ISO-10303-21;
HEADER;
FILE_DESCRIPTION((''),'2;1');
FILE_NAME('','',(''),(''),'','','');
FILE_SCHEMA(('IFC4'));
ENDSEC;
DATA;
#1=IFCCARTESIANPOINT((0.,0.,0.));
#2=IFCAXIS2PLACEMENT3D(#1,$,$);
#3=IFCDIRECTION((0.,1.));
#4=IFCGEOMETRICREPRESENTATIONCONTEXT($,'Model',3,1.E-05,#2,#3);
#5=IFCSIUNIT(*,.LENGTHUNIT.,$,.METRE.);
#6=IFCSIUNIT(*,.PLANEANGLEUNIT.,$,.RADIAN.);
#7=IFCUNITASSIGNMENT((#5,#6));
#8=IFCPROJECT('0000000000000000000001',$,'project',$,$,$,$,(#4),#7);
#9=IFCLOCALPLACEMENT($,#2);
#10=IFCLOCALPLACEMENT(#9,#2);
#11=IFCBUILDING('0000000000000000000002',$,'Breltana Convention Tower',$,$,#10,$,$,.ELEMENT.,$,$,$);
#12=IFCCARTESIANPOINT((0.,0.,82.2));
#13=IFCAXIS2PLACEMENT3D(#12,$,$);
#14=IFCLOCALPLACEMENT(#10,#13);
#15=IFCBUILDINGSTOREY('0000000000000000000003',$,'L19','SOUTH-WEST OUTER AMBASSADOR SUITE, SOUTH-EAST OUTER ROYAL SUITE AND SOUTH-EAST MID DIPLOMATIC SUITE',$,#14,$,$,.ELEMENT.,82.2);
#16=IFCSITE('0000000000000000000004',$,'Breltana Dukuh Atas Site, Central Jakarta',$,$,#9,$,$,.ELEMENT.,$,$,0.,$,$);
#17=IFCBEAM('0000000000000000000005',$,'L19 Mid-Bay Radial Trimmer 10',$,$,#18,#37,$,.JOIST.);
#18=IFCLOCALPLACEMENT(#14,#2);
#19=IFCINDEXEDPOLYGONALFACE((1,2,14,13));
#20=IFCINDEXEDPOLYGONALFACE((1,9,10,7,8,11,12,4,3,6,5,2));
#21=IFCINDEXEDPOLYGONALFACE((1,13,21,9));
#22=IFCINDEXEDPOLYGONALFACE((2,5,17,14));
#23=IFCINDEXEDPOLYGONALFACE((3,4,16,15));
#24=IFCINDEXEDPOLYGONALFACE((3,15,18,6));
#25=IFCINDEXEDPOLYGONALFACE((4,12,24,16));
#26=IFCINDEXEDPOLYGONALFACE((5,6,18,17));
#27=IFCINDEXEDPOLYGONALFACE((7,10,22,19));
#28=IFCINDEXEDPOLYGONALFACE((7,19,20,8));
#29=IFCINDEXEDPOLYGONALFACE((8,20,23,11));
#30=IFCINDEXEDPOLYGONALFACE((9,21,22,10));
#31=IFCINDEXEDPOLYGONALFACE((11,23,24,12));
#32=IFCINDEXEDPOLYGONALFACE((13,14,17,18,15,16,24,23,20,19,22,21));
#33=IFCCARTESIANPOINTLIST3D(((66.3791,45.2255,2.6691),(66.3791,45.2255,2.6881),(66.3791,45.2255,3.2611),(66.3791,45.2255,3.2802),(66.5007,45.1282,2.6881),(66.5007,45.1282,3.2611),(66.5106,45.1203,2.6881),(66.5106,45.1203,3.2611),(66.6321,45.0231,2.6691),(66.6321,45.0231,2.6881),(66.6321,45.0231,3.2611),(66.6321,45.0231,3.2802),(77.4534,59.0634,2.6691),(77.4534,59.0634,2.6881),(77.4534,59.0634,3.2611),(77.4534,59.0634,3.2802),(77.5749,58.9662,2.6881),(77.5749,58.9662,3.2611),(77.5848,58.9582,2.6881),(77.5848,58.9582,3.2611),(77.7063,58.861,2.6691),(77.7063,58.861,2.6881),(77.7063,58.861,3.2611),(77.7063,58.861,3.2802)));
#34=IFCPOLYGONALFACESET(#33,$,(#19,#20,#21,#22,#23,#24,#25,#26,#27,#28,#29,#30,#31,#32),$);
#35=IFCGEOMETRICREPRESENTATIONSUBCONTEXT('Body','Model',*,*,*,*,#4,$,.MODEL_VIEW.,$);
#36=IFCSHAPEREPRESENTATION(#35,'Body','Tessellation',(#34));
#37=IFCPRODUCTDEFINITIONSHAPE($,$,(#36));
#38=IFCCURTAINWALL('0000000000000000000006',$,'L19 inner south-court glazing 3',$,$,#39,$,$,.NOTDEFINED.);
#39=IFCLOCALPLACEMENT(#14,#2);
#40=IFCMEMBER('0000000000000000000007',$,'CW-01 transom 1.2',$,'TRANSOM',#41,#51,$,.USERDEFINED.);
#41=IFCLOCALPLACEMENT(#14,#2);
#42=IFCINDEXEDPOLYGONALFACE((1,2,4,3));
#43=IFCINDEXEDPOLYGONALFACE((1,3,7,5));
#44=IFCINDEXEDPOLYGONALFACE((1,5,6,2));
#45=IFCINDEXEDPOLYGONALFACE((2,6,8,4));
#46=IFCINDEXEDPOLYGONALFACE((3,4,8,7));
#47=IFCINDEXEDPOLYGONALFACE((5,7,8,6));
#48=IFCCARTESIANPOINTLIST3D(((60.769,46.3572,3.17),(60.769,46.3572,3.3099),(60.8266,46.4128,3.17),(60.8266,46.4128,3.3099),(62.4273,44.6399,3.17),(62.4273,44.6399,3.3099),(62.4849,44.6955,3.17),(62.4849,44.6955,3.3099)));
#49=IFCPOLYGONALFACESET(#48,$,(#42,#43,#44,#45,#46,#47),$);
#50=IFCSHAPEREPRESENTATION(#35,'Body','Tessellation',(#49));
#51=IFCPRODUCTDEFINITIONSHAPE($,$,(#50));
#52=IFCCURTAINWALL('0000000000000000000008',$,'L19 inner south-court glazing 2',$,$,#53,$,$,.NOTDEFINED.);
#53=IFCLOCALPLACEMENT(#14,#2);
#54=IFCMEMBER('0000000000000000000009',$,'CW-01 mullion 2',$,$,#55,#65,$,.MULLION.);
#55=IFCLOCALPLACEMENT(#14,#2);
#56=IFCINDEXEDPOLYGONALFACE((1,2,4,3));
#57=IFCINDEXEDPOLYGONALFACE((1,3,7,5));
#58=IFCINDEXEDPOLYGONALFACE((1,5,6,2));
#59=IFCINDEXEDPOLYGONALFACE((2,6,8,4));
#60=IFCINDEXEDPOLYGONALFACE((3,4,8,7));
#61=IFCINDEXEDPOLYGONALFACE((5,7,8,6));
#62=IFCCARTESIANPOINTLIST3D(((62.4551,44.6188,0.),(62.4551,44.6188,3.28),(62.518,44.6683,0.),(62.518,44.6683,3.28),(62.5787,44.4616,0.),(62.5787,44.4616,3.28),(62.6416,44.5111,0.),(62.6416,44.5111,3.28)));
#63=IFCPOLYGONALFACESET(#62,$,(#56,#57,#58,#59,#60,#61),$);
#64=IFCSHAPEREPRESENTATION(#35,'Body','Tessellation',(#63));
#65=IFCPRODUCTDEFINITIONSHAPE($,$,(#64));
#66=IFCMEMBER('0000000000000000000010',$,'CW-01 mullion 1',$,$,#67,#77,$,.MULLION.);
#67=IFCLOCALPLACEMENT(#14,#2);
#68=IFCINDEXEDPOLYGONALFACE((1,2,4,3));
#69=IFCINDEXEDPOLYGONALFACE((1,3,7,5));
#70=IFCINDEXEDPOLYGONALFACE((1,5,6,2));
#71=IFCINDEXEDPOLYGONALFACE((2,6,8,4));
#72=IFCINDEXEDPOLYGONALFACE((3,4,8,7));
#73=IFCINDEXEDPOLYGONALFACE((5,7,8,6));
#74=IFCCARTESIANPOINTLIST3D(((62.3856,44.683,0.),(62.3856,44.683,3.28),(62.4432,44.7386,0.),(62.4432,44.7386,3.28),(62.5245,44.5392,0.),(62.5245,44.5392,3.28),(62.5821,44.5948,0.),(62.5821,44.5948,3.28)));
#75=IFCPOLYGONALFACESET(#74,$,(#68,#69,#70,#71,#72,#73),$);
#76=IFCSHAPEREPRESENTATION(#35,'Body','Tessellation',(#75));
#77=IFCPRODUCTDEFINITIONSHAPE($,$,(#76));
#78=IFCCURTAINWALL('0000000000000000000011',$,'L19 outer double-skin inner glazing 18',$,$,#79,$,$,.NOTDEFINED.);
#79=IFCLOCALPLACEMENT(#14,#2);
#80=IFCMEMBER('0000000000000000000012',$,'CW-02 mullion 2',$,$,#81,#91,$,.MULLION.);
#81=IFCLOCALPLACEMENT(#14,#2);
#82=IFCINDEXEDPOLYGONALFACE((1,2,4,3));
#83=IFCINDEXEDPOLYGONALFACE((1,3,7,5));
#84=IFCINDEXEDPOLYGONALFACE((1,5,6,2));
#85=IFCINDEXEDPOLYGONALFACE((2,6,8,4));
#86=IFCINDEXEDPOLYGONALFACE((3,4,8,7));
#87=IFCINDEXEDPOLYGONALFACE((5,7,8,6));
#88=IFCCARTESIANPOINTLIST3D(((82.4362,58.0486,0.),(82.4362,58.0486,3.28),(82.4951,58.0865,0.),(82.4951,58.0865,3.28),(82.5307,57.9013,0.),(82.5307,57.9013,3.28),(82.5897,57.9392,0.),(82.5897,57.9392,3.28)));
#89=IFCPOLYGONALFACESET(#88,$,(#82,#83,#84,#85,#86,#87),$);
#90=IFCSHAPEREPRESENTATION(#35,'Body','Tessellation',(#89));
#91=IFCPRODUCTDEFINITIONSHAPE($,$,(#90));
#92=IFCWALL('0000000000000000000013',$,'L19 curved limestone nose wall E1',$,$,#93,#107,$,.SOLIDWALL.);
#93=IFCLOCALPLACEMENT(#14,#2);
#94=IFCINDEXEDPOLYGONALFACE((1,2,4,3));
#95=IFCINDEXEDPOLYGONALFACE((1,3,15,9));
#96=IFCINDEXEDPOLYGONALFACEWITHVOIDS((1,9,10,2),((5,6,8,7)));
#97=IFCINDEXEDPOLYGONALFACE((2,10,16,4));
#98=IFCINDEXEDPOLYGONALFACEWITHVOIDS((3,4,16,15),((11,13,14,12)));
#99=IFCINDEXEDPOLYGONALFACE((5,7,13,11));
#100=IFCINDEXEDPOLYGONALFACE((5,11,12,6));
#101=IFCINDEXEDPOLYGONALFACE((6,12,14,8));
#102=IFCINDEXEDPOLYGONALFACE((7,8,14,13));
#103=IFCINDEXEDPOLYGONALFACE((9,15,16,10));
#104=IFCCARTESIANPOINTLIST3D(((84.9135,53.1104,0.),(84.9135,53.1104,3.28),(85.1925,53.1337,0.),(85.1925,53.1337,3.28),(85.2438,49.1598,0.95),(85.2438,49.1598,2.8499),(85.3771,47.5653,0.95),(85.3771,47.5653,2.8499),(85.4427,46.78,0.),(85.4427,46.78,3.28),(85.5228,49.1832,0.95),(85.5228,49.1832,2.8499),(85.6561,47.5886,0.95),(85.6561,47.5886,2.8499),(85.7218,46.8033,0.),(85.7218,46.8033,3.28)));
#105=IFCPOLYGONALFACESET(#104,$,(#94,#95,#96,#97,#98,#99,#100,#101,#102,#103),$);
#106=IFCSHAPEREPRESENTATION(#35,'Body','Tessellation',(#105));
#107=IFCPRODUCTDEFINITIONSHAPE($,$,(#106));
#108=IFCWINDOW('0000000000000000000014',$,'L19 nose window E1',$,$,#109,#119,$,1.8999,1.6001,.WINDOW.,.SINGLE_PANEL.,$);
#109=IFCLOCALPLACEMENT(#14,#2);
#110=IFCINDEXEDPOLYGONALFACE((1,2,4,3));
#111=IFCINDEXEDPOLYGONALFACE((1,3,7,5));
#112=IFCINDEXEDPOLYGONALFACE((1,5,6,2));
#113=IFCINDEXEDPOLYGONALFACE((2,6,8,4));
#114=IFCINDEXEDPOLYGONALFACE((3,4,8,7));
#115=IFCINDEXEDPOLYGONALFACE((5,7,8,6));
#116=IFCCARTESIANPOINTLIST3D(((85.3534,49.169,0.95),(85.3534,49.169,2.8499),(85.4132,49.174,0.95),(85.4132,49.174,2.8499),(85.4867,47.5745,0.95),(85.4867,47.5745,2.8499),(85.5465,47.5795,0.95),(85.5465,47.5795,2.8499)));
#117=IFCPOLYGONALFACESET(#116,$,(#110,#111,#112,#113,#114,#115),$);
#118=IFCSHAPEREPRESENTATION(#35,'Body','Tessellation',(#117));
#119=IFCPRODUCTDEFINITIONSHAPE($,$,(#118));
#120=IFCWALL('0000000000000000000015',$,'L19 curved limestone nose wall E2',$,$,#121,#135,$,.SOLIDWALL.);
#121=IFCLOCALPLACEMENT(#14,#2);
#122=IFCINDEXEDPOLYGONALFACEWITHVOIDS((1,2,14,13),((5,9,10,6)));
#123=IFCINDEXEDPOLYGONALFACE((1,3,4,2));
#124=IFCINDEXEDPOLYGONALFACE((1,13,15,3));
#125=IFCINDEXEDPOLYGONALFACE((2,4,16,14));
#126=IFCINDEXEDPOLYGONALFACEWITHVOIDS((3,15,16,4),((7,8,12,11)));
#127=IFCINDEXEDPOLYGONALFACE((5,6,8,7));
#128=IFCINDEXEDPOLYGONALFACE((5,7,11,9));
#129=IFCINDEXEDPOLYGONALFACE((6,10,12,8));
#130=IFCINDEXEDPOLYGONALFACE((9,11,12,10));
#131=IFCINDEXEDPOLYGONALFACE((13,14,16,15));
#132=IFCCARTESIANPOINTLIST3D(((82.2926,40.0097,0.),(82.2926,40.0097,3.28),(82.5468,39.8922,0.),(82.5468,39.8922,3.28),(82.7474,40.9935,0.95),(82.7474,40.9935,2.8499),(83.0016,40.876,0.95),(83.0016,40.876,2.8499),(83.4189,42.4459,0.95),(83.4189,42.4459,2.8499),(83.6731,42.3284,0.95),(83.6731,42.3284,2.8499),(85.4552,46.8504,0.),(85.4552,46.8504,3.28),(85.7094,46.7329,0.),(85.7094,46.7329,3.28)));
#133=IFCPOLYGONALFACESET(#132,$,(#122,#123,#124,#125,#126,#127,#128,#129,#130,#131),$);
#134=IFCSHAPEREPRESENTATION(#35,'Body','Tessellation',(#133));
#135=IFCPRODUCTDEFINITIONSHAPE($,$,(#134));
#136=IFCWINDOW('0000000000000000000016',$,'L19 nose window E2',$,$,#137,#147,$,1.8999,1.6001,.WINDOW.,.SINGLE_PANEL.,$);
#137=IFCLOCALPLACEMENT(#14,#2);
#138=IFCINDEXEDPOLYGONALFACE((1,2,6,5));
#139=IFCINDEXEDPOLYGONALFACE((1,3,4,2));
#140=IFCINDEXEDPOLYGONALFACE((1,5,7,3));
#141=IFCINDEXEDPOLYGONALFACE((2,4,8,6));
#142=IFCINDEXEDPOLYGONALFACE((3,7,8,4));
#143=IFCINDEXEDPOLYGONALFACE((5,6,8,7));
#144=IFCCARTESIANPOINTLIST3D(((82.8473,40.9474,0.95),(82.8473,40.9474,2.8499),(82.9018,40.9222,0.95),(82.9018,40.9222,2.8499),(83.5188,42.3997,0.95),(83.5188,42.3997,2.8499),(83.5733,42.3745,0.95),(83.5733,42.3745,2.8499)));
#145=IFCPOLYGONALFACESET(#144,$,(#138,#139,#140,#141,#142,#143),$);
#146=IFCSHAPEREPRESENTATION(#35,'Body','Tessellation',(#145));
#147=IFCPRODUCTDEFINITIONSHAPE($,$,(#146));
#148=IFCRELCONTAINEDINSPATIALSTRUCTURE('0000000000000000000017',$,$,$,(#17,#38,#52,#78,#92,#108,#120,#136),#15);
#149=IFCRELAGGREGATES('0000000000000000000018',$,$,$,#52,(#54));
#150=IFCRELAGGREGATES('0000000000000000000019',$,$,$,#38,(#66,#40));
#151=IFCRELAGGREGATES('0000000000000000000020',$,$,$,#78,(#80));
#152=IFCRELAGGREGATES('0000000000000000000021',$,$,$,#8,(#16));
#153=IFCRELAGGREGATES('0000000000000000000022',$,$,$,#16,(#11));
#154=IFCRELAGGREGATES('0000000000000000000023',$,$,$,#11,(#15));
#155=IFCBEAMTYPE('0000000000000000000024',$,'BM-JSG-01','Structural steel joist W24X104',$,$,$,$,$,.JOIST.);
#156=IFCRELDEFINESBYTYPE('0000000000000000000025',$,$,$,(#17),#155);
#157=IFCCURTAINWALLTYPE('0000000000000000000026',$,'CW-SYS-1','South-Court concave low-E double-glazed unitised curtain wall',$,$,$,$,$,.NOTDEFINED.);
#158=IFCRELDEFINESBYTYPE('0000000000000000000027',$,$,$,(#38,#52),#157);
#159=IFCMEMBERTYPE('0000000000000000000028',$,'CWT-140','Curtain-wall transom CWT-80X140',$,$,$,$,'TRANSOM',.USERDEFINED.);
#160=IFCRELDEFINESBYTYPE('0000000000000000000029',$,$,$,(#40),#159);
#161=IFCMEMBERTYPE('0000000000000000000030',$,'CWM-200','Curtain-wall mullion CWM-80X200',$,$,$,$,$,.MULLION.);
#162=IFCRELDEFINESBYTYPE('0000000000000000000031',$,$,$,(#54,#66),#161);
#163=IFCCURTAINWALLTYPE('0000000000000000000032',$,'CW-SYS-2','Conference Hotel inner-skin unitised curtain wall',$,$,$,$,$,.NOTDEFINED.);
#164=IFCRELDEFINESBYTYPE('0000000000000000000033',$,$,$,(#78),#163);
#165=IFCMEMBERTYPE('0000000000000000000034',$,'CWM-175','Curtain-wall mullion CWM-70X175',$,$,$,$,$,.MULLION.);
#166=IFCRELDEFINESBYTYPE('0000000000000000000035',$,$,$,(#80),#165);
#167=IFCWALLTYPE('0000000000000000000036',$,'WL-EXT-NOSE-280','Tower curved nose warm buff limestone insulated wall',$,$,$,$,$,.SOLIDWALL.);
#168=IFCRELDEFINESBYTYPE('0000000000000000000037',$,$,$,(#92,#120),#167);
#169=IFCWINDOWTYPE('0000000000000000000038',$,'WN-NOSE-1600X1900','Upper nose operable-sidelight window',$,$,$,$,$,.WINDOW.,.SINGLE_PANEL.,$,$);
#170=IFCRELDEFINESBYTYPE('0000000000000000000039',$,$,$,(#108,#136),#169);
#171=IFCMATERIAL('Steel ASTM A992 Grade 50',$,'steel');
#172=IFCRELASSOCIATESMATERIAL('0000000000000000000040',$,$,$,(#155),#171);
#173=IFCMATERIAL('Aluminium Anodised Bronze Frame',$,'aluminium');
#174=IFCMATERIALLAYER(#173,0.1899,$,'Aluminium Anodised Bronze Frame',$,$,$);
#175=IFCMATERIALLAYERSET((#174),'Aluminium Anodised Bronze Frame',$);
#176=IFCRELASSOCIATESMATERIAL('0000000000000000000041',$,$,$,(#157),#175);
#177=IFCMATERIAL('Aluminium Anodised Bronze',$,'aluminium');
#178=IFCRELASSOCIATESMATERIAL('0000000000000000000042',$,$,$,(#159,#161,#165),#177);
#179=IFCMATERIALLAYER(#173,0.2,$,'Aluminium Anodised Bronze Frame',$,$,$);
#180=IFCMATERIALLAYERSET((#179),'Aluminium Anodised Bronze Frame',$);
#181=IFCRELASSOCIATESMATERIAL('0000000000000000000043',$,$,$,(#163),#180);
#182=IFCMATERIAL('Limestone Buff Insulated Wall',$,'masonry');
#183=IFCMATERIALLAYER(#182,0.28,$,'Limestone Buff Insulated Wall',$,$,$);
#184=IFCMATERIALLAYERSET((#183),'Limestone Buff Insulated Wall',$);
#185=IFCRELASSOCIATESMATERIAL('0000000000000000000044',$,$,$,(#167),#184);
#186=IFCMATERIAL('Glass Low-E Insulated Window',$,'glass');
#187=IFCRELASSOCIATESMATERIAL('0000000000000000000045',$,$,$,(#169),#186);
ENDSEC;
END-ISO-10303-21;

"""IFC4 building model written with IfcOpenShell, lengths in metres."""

from ifc_helpers import new_model, si_unit, direction, frame, frame_2d, origin, origin_2d, place, context, subcontext, project, spatial, rectangle, i_section, extrude, source, transform, mapped, material, layer, layer_set, material_profile, profile_set, type_object, type_shapes, element, fill, aggregate, save


model = new_model("IFC4")

# Units and contexts
model_context = context("Model", 3, precision=1e-05, world=origin(), true_north=direction((0.0, 1.0)))
body_context = subcontext(model_context, "Body", "Model", "MODEL_VIEW")
ifc_project = project(units=[si_unit("LENGTHUNIT", "METRE"), si_unit("PLANEANGLEUNIT", "RADIAN")], contexts=[model_context])

# Site, building, storey
site_placement = place(None, origin())
site = spatial("IfcSite", under=ifc_project, at=site_placement, Name="Breltana Dukuh Atas Site, Central Jakarta", CompositionType="ELEMENT", RefElevation=0.0)
building_placement = place(site_placement, origin())
building = spatial("IfcBuilding", under=site, at=building_placement, Name="Breltana Convention Tower", CompositionType="ELEMENT")
storey_placement = place(building_placement, frame((0.0, 0.0, 82.2)))
storey = spatial("IfcBuildingStorey", under=building, at=storey_placement, Name="L19", Description="SOUTH-WEST OUTER AMBASSADOR SUITE, SOUTH-EAST OUTER ROYAL SUITE AND SOUTH-EAST MID DIPLOMATIC SUITE", CompositionType="ELEMENT", Elevation=82.2)

# Beam
ifc_material_1 = material(Name="Steel ASTM A992 Grade 50", Category="steel")
ifc_material_profile_1 = material_profile(ifc_material_1, i_section(OverallWidth=0.324, OverallDepth=0.6111, WebThickness=0.0127, FlangeThickness=0.019, at=origin_2d()), Name="W24X104")
ifc_profile_set_1 = profile_set([ifc_material_profile_1], Name="Steel ASTM A992 Grade 50")
beam_type_1 = type_object("IfcBeamType", Name="BM-JSG-01", Description="Structural steel joist W24X104", PredefinedType="JOIST", material=ifc_profile_set_1)
shared_shape_1 = source(origin(), body_context, "Body", "SweptSolid", [
    extrude(i_section(OverallWidth=0.324, OverallDepth=0.6111, WebThickness=0.0127, FlangeThickness=0.019, at=origin_2d()), origin(), (0.0, 0.0, 1.0), 17.7236),
])
beam_1_placement = place(storey_placement, frame((66.5056, 45.1243, 2.9746), z_axis=(0.624829, 0.780761, 0.0), x_axis=(-0.780761, 0.624829, 0.0)))
element("IfcBeam", 1, at=beam_1_placement, inside=storey, type_object=beam_type_1, Name="L19 Mid-Bay Radial Trimmer 10", PredefinedType="JOIST", context=body_context, shape_type="MappedRepresentation", body=[
    mapped(shared_shape_1, transform((0.0, 0.0, 0.0), scale=1.0)),
])

# Curtain walls, members
ifc_material_2 = material(Name="Aluminium Anodised Bronze Frame", Category="aluminium")
ifc_layer_1 = layer(ifc_material_2, 0.1899, Name="Aluminium Anodised Bronze Frame")
ifc_layer_set_1 = layer_set([ifc_layer_1], Name="Aluminium Anodised Bronze Frame")
curtain_wall_type_1 = type_object("IfcCurtainWallType", Name="CW-SYS-1", Description="South-Court concave low-E double-glazed unitised curtain wall", PredefinedType="NOTDEFINED", material=ifc_layer_set_1)
curtain_wall_1_placement = place(storey_placement, origin())
curtain_wall_1 = element("IfcCurtainWall", 2, at=curtain_wall_1_placement, inside=storey, type_object=curtain_wall_type_1, Name="L19 inner south-court glazing 3", PredefinedType="NOTDEFINED")
ifc_material_3 = material(Name="Aluminium Anodised Bronze", Category="aluminium")
ifc_material_profile_2 = material_profile(ifc_material_3, rectangle(XDim=0.0801, YDim=0.1399, at=origin_2d()), Name="CWT-80X140")
ifc_profile_set_2 = profile_set([ifc_material_profile_2], Name="Aluminium Anodised Bronze")
member_type_1 = type_object("IfcMemberType", Name="CWT-140", Description="Curtain-wall transom CWT-80X140", ElementType="TRANSOM", PredefinedType="USERDEFINED", material=ifc_profile_set_2)
shared_shape_2 = source(origin(), body_context, "Body", "SweptSolid", [
    extrude(rectangle(XDim=0.0801, YDim=0.1399, at=origin_2d()), origin(), (0.0, 0.0, 1.0), 2.3872),
])
type_shapes(member_type_1, [shared_shape_2])
member_1_placement = place(storey_placement, frame((62.4561, 44.6677, 3.24), z_axis=(-0.694624, 0.719373, 0.0), x_axis=(-0.719373, -0.694624, 0.0)))
member_1 = element("IfcMember", 3, at=member_1_placement, type_object=member_type_1, Name="CW-01 transom 1.2", ObjectType="TRANSOM", PredefinedType="USERDEFINED", context=body_context, shape_type="MappedRepresentation", body=[
    mapped(shared_shape_2, transform((0.0, 0.0, 0.0), scale=1.0)),
])
curtain_wall_2_placement = place(storey_placement, origin())
curtain_wall_2 = element("IfcCurtainWall", 4, at=curtain_wall_2_placement, inside=storey, type_object=curtain_wall_type_1, Name="L19 inner south-court glazing 2", PredefinedType="NOTDEFINED")
ifc_material_profile_3 = material_profile(ifc_material_3, rectangle(XDim=0.0801, YDim=0.2, at=origin_2d()), Name="CWM-80X200")
ifc_profile_set_3 = profile_set([ifc_material_profile_3], Name="Aluminium Anodised Bronze")
member_type_2 = type_object("IfcMemberType", Name="CWM-200", Description="Curtain-wall mullion CWM-80X200", PredefinedType="MULLION", material=ifc_profile_set_3)
shared_shape_3 = source(origin(), body_context, "Body", "SweptSolid", [
    extrude(rectangle(XDim=0.0801, YDim=0.2, at=origin_2d()), origin(), (0.0, 0.0, 1.0), 3.28),
])
member_2_placement = place(storey_placement, frame((62.5483, 44.5649, 0.0), z_axis=(0.0, 0.0, 1.0), x_axis=(-0.786058, -0.618153, 0.0)))
member_2 = element("IfcMember", 5, at=member_2_placement, type_object=member_type_2, Name="CW-01 mullion 2", PredefinedType="MULLION", context=body_context, shape_type="MappedRepresentation", body=[
    mapped(shared_shape_3, transform((0.0, 0.0, 0.0), scale=1.0)),
])
aggregate(curtain_wall_2, [member_2])

# Member
member_3_placement = place(storey_placement, frame((62.4839, 44.6389, 0.0), z_axis=(0.0, 0.0, 1.0), x_axis=(-0.719385, -0.694612, 0.0)))
member_3 = element("IfcMember", 6, at=member_3_placement, type_object=member_type_2, Name="CW-01 mullion 1", PredefinedType="MULLION", context=body_context, shape_type="MappedRepresentation", body=[
    mapped(shared_shape_3, transform((0.0, 0.0, 0.0), scale=1.0)),
])
aggregate(curtain_wall_1, [member_3, member_1])

# Curtain wall, member
ifc_layer_2 = layer(ifc_material_2, 0.2, Name="Aluminium Anodised Bronze Frame")
ifc_layer_set_2 = layer_set([ifc_layer_2], Name="Aluminium Anodised Bronze Frame")
curtain_wall_type_2 = type_object("IfcCurtainWallType", Name="CW-SYS-2", Description="Conference Hotel inner-skin unitised curtain wall", PredefinedType="NOTDEFINED", material=ifc_layer_set_2)
curtain_wall_3_placement = place(storey_placement, origin())
curtain_wall_3 = element("IfcCurtainWall", 7, at=curtain_wall_3_placement, inside=storey, type_object=curtain_wall_type_2, Name="L19 outer double-skin inner glazing 18", PredefinedType="NOTDEFINED")
ifc_material_profile_4 = material_profile(ifc_material_3, rectangle(XDim=0.0701, YDim=0.175, at=origin_2d()), Name="CWM-70X175")
ifc_profile_set_4 = profile_set([ifc_material_profile_4], Name="Aluminium Anodised Bronze")
member_type_3 = type_object("IfcMemberType", Name="CWM-175", Description="Curtain-wall mullion CWM-70X175", PredefinedType="MULLION", material=ifc_profile_set_4)
shared_shape_4 = source(origin(), body_context, "Body", "SweptSolid", [
    extrude(rectangle(XDim=0.0701, YDim=0.175, at=origin_2d()), origin(), (0.0, 0.0, 1.0), 3.28),
])
member_4_placement = place(storey_placement, frame((82.5129, 57.9939, 0.0), z_axis=(0.0, 0.0, 1.0), x_axis=(0.841549, 0.540181, 0.0)))
member_4 = element("IfcMember", 8, at=member_4_placement, type_object=member_type_3, Name="CW-02 mullion 2", PredefinedType="MULLION", context=body_context, shape_type="MappedRepresentation", body=[
    mapped(shared_shape_4, transform((0.0, 0.0, 0.0), scale=1.0)),
])
aggregate(curtain_wall_3, [member_4])

# Walls, openings, windows
ifc_material_4 = material(Name="Limestone Buff Insulated Wall", Category="masonry")
ifc_layer_3 = layer(ifc_material_4, 0.28, Name="Limestone Buff Insulated Wall")
ifc_layer_set_3 = layer_set([ifc_layer_3], Name="Limestone Buff Insulated Wall")
wall_type_1 = type_object("IfcWallType", Name="WL-EXT-NOSE-280", Description="Tower curved nose warm buff limestone insulated wall", PredefinedType="SOLIDWALL", material=ifc_layer_set_3)
shared_shape_5 = source(origin(), body_context, "Body", "SweptSolid", [
    extrude(rectangle(XDim=6.3525, YDim=0.28, at=frame_2d((3.1763, 0.0))), origin(), (0.0, 0.0, 1.0), 3.28),
])
wall_1_placement = place(storey_placement, frame((85.053, 53.1221, 0.0), z_axis=(0.0, 0.0, 1.0), x_axis=(0.083319, -0.996523, 0.0)))
wall_1 = element("IfcWall", 9, at=wall_1_placement, inside=storey, type_object=wall_type_1, Name="L19 curved limestone nose wall E1", PredefinedType="SOLIDWALL", context=body_context, shape_type="MappedRepresentation", body=[
    mapped(shared_shape_5, transform((0.0, 0.0, 0.0), scale=1.0)),
])
opening_1_placement = place(wall_1_placement, frame((3.9644, 0.0, 0.95)))
opening_1 = element("IfcOpeningElement", 10, at=opening_1_placement, cuts=wall_1, PredefinedType="OPENING", context=body_context, shape_type="SweptSolid", body=[
    extrude(rectangle(XDim=1.6001, YDim=1.8999, at=frame_2d((0.8, 0.95))), frame((0.0, 0.1499, 0.0), z_axis=(0.0, -1.0, 0.0), x_axis=(1.0, 0.0, 0.0)), (0.0, 0.0, 1.0), 0.3),
])
ifc_material_5 = material(Name="Glass Low-E Insulated Window", Category="glass")
window_type = type_object("IfcWindowType", Name="WN-NOSE-1600X1900", Description="Upper nose operable-sidelight window", PartitioningType="SINGLE_PANEL", PredefinedType="WINDOW", material=ifc_material_5)
shared_shape_6 = source(origin(), body_context, "Body", "SweptSolid", [
    extrude(rectangle(XDim=1.6001, YDim=1.8999, at=frame_2d((0.8, 0.95))), frame((0.0, 0.03, 0.0), z_axis=(0.0, -1.0, 0.0), x_axis=(1.0, 0.0, 0.0)), (0.0, 0.0, 1.0), 0.0601),
])
type_shapes(window_type, [shared_shape_6])
window_1_placement = place(opening_1_placement, origin())
window_1 = element("IfcWindow", 11, at=window_1_placement, inside=storey, type_object=window_type, Name="L19 nose window E1", OverallHeight=1.8999, OverallWidth=1.6001, PartitioningType="SINGLE_PANEL", PredefinedType="WINDOW", context=body_context, shape_type="MappedRepresentation", body=[
    mapped(shared_shape_6, transform((0.0, 0.0, 0.0), scale=1.0)),
])
fill(opening_1, window_1)
shared_shape_7 = source(origin(), body_context, "Body", "SweptSolid", [
    extrude(rectangle(XDim=7.5364, YDim=0.28, at=frame_2d((3.7681, 0.0))), origin(), (0.0, 0.0, 1.0), 3.28),
])
wall_2_placement = place(storey_placement, frame((85.5823, 46.7915, 0.0), z_axis=(0.0, 0.0, 1.0), x_axis=(-0.41965, -0.907686, 0.0)))
wall_2 = element("IfcWall", 12, at=wall_2_placement, inside=storey, type_object=wall_type_1, Name="L19 curved limestone nose wall E2", PredefinedType="SOLIDWALL", context=body_context, shape_type="MappedRepresentation", body=[
    mapped(shared_shape_7, transform((0.0, 0.0, 0.0), scale=1.0)),
])
opening_2_placement = place(wall_2_placement, frame((4.8523, 0.0, 0.95)))
opening_2 = element("IfcOpeningElement", 13, at=opening_2_placement, cuts=wall_2, PredefinedType="OPENING", context=body_context, shape_type="SweptSolid", body=[
    extrude(rectangle(XDim=1.6001, YDim=1.8999, at=frame_2d((0.8, 0.95))), frame((0.0, 0.1499, 0.0), z_axis=(0.0, -1.0, 0.0), x_axis=(1.0, 0.0, 0.0)), (0.0, 0.0, 1.0), 0.3),
])
window_2_placement = place(opening_2_placement, origin())
window_2 = element("IfcWindow", 14, at=window_2_placement, inside=storey, type_object=window_type, Name="L19 nose window E2", OverallHeight=1.8999, OverallWidth=1.6001, PartitioningType="SINGLE_PANEL", PredefinedType="WINDOW", context=body_context, shape_type="MappedRepresentation", body=[
    mapped(shared_shape_6, transform((0.0, 0.0, 0.0), scale=1.0)),
])
fill(opening_2, window_2)

save(model, "model.ifc")
